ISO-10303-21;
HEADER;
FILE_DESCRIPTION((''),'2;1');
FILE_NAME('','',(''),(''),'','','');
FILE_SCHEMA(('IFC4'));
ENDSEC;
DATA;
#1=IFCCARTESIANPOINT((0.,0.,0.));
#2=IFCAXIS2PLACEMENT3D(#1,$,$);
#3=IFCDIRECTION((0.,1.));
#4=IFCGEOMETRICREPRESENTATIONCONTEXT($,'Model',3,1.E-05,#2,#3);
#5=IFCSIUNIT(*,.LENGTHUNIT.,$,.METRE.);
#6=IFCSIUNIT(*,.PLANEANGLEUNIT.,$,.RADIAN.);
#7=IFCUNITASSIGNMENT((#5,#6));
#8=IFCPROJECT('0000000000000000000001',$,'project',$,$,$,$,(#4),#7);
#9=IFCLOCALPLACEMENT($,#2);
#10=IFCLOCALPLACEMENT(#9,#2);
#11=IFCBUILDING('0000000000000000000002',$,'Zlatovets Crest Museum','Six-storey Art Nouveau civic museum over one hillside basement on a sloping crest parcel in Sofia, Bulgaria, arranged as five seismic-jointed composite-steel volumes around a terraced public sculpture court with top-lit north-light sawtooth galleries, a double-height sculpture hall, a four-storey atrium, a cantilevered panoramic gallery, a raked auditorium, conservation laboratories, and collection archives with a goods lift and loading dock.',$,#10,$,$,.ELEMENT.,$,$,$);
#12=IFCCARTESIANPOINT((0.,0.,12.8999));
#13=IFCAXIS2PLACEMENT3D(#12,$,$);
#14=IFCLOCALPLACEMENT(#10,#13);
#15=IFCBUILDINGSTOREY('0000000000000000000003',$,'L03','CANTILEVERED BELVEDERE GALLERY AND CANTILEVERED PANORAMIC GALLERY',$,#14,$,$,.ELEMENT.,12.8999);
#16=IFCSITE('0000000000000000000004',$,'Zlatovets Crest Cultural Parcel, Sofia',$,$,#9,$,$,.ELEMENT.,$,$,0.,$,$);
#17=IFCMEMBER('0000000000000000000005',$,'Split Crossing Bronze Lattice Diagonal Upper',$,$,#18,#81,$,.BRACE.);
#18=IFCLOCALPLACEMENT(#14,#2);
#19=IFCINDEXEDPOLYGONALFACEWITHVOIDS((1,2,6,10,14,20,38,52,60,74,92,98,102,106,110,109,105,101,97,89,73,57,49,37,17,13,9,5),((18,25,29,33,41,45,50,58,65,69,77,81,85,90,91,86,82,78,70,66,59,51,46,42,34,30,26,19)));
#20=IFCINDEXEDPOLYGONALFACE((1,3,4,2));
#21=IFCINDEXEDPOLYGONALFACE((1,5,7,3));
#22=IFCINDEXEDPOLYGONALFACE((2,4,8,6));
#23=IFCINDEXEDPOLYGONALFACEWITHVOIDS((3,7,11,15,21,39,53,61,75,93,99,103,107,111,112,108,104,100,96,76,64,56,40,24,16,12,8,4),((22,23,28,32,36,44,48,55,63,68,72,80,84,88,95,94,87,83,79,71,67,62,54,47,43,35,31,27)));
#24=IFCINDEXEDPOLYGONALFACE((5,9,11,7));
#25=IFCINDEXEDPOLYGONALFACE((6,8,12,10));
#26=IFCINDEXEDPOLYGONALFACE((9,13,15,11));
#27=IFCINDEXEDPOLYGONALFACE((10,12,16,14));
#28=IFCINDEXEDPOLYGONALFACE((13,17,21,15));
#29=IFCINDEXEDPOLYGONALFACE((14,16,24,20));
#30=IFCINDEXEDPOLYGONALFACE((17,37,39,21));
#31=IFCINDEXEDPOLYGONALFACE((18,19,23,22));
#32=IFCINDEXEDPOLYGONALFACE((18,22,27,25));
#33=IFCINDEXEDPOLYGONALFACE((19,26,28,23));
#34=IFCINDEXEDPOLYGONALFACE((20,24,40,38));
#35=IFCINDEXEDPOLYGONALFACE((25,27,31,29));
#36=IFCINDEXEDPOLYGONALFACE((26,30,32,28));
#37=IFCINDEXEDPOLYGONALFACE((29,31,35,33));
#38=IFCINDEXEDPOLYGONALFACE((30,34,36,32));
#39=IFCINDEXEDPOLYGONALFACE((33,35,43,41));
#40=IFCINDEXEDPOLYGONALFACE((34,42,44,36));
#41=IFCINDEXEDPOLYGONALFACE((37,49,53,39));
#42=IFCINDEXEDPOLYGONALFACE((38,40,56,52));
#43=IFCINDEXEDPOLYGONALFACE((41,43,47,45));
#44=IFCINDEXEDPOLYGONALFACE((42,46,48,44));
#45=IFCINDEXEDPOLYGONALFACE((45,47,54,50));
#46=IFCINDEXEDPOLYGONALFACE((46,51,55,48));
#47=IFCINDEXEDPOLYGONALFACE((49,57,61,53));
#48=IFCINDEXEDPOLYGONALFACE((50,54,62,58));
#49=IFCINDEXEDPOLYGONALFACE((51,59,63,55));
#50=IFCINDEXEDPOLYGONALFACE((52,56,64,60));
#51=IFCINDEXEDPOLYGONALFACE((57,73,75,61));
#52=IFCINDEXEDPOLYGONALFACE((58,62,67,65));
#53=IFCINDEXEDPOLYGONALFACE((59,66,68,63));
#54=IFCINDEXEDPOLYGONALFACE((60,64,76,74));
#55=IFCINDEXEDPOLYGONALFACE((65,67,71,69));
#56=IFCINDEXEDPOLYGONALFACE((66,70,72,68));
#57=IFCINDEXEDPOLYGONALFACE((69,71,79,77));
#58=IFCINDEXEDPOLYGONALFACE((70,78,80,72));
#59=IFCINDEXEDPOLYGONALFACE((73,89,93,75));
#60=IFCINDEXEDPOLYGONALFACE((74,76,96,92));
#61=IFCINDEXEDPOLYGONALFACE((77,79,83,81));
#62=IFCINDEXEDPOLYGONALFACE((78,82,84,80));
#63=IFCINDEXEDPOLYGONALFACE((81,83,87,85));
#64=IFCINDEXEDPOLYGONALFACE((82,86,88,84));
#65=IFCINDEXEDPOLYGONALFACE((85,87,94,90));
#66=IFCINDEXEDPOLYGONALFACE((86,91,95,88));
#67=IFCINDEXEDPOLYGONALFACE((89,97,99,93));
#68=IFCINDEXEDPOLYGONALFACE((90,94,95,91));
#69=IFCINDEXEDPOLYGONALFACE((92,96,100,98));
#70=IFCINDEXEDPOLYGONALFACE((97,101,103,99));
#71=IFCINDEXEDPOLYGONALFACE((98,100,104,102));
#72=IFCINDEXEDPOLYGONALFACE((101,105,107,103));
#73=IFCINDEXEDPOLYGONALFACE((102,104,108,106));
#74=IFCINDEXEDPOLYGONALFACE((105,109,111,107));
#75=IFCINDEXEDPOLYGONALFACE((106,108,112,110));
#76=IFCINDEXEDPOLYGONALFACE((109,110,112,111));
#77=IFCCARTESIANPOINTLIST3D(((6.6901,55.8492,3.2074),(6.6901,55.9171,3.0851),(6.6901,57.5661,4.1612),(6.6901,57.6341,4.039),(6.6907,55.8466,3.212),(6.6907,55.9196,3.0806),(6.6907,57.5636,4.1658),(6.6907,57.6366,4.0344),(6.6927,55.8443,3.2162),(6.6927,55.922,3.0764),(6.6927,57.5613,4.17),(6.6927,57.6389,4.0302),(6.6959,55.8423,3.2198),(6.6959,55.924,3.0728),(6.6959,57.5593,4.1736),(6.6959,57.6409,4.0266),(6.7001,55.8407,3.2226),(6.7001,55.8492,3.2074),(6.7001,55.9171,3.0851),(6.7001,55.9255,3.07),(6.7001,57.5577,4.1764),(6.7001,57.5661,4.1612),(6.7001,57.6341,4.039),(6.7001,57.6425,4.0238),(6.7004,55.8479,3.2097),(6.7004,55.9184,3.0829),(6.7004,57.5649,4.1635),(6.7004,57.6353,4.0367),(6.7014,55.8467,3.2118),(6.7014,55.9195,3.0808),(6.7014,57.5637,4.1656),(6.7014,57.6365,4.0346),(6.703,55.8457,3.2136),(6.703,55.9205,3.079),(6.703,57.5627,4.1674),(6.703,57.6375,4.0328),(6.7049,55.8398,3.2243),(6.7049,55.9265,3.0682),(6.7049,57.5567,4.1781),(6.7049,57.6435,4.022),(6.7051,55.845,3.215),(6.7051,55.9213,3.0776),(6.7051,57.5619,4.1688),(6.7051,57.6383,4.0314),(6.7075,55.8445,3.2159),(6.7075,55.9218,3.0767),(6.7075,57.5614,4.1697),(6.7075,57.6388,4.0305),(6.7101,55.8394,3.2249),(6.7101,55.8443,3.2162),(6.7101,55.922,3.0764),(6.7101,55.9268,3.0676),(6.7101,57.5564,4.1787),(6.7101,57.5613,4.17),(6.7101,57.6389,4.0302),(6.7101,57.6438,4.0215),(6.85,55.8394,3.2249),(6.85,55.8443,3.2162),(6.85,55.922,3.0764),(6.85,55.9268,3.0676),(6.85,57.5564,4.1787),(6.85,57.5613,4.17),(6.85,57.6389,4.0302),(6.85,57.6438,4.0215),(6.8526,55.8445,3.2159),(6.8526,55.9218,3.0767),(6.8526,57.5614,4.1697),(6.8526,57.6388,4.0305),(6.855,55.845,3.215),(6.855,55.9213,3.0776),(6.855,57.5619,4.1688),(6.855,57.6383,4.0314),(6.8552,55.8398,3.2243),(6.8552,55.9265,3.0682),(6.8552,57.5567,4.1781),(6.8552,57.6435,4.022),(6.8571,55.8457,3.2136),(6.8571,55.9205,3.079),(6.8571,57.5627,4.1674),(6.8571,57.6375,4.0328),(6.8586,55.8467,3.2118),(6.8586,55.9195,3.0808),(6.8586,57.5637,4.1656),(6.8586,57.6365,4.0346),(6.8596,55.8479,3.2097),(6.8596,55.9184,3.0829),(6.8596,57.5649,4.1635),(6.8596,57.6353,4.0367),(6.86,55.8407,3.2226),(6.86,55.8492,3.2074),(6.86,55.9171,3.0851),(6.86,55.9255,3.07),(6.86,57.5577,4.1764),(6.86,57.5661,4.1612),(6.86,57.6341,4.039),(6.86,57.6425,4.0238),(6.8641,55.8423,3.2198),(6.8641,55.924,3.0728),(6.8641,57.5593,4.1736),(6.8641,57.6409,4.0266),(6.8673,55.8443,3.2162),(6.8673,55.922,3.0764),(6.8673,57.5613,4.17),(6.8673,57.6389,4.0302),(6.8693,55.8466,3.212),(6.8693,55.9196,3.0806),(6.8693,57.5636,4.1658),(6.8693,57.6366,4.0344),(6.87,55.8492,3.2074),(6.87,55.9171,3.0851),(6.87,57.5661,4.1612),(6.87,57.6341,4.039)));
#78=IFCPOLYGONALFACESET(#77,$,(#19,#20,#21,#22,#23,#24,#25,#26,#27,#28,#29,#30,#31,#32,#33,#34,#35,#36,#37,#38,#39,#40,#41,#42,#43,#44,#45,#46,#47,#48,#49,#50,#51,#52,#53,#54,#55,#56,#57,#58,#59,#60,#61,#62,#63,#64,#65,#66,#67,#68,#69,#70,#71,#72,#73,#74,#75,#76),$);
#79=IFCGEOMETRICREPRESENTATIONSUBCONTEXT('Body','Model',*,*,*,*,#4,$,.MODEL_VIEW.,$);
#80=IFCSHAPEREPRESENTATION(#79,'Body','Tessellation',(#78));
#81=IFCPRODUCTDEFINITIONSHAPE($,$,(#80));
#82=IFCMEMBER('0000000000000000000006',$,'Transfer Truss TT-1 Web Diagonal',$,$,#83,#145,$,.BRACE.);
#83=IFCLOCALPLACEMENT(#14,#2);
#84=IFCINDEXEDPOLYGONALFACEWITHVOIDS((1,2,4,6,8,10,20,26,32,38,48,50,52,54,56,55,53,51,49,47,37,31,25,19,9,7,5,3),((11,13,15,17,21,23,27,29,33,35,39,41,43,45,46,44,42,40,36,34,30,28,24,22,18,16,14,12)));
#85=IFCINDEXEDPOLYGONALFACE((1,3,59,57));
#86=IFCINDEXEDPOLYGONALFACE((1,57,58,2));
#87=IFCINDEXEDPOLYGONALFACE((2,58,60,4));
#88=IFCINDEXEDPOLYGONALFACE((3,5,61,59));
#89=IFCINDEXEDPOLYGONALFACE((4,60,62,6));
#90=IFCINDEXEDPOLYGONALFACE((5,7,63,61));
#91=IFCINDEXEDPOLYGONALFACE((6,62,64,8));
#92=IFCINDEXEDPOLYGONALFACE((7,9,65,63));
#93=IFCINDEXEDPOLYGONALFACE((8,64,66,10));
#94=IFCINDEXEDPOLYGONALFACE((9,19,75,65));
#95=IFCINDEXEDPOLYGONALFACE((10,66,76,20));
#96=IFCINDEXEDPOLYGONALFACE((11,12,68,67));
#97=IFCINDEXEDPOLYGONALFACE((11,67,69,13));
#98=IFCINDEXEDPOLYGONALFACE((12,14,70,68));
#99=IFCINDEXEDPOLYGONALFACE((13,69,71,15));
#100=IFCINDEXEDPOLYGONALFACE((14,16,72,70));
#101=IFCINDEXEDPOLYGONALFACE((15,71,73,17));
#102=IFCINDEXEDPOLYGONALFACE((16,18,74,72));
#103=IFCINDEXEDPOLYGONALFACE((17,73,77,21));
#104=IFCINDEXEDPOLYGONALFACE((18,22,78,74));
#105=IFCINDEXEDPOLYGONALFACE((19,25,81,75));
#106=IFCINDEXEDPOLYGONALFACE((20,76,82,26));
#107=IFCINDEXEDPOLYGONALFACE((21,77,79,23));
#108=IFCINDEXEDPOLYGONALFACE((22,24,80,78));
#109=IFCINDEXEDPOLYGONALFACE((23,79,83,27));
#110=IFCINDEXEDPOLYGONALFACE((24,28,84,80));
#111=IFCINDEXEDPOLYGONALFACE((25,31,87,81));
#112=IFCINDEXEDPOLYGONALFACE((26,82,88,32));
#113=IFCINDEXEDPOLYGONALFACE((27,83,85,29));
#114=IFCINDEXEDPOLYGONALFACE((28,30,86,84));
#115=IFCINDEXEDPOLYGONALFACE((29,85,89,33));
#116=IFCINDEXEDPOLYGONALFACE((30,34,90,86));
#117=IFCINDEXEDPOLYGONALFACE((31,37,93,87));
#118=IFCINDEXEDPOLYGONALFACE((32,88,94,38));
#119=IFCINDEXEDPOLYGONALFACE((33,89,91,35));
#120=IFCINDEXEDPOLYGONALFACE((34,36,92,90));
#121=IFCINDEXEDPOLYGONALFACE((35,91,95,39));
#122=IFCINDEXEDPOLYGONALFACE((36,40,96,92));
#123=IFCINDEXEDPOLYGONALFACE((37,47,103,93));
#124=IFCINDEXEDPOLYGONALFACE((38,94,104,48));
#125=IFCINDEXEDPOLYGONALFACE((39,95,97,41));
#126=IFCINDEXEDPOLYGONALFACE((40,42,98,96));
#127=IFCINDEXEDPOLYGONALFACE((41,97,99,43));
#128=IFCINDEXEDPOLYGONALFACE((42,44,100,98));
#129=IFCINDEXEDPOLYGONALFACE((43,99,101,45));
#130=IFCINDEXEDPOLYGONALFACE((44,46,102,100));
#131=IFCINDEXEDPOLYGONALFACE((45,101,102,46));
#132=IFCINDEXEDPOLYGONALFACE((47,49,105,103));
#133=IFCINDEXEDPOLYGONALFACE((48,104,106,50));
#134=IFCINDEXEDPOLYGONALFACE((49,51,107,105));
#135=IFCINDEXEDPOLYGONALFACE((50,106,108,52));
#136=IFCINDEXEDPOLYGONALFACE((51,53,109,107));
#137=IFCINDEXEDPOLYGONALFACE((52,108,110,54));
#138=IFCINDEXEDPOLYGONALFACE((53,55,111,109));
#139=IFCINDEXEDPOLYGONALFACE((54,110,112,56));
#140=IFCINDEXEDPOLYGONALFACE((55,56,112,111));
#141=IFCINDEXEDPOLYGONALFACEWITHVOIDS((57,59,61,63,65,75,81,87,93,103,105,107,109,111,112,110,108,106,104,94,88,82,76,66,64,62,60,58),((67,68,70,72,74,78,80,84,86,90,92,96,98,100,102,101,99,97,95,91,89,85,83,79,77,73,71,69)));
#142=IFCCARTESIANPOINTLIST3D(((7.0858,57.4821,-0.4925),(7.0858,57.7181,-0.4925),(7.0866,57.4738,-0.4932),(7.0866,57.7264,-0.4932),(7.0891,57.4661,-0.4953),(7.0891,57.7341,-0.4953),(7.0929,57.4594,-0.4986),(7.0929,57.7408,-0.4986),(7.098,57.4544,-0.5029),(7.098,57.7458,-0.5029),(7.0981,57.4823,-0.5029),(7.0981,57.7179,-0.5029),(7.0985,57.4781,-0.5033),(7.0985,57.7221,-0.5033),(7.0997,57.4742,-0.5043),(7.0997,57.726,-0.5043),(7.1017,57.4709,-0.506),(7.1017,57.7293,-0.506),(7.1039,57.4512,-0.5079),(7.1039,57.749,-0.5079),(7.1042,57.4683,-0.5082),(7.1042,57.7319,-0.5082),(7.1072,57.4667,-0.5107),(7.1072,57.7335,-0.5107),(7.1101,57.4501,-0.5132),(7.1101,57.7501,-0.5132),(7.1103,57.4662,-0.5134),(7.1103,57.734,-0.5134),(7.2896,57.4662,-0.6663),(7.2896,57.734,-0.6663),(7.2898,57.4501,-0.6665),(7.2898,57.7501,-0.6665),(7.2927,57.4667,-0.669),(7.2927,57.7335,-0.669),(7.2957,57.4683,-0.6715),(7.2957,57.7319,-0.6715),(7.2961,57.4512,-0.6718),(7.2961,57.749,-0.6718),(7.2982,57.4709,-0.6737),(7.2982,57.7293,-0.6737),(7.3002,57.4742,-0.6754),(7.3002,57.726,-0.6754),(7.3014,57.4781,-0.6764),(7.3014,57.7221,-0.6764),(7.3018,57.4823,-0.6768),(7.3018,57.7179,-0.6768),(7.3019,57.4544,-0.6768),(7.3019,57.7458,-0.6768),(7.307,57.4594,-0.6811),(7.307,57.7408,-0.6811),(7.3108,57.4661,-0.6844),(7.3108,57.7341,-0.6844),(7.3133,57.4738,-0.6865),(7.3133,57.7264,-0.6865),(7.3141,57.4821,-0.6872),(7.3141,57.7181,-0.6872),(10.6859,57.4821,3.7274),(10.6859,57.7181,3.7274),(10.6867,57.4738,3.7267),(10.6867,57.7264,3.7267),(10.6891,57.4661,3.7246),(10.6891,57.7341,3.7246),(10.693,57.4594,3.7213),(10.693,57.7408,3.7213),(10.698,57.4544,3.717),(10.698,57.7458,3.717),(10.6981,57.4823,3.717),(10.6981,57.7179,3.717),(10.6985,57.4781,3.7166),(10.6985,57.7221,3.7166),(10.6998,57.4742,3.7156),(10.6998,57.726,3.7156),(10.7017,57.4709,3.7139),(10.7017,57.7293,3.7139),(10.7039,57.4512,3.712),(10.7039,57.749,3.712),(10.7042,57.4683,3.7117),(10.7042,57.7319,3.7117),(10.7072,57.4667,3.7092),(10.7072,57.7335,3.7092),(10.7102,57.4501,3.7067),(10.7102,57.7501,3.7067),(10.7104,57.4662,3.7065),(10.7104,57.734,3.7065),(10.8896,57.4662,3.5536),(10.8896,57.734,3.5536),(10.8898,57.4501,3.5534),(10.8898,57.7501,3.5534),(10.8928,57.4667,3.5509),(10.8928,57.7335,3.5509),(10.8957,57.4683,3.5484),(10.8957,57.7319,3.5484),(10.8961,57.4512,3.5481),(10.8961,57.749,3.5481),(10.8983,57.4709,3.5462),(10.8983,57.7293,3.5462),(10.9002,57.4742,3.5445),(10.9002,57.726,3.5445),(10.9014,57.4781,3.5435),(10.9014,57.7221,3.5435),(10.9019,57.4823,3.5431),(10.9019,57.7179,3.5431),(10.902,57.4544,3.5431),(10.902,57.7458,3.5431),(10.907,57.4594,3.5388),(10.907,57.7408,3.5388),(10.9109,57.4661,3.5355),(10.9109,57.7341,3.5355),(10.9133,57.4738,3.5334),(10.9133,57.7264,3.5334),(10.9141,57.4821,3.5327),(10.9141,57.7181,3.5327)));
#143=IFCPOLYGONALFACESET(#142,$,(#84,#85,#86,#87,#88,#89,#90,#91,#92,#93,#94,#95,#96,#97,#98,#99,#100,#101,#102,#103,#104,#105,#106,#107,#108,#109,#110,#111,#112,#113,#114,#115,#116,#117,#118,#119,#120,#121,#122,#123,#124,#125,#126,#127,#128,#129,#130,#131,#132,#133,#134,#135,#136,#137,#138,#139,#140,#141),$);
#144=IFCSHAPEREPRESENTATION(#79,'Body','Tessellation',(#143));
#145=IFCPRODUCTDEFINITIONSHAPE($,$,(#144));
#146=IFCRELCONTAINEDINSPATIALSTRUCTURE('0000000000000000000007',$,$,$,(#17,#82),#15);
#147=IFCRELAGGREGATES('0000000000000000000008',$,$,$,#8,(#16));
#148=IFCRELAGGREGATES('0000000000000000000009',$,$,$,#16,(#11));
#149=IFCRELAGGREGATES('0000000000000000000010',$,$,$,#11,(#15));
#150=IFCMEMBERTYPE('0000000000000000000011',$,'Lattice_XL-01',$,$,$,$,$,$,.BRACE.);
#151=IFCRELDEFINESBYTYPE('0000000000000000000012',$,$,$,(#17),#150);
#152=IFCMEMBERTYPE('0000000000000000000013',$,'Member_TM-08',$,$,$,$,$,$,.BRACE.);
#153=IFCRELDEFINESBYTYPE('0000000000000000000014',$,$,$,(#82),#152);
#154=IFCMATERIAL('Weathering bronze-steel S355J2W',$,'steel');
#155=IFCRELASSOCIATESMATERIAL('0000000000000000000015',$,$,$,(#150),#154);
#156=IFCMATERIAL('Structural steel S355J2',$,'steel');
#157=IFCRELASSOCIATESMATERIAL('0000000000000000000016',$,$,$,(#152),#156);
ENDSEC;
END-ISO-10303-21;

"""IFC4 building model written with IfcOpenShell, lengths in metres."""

from ifc_helpers import new_model, si_unit, direction, frame, origin, origin_2d, place, context, subcontext, project, spatial, hollow_rectangle, extrude, material, material_profile, profile_set, type_object, element, save


model = new_model("IFC4")

# Units and contexts
model_context = context("Model", 3, precision=1e-05, world=origin(), true_north=direction((0.0, 1.0)))
body_context = subcontext(model_context, "Body", "Model", "MODEL_VIEW")
ifc_project = project(units=[si_unit("LENGTHUNIT", "METRE"), si_unit("PLANEANGLEUNIT", "RADIAN")], contexts=[model_context])

# Site, building, storey
site_placement = place(None, origin())
site = spatial("IfcSite", under=ifc_project, at=site_placement, Name="Zlatovets Crest Cultural Parcel, Sofia", CompositionType="ELEMENT", RefElevation=0.0)
building_placement = place(site_placement, origin())
building = spatial("IfcBuilding", under=site, at=building_placement, Name="Zlatovets Crest Museum", Description="Six-storey Art Nouveau civic museum over one hillside basement on a sloping crest parcel in Sofia, Bulgaria, arranged as five seismic-jointed composite-steel volumes around a terraced public sculpture court with top-lit north-light sawtooth galleries, a double-height sculpture hall, a four-storey atrium, a cantilevered panoramic gallery, a raked auditorium, conservation laboratories, and collection archives with a goods lift and loading dock.", CompositionType="ELEMENT")
storey_placement = place(building_placement, frame((0.0, 0.0, 12.8999)))
storey = spatial("IfcBuildingStorey", under=building, at=storey_placement, Name="L03", Description="CANTILEVERED BELVEDERE GALLERY AND CANTILEVERED PANORAMIC GALLERY", CompositionType="ELEMENT", Elevation=12.8999)

# Shared definitions
ifc_material_1 = material(Name="Structural steel S355J2", Category="steel")

# Members
ifc_material_2 = material(Name="Weathering bronze-steel S355J2W", Category="steel")
ifc_material_profile_1 = material_profile(ifc_material_2, hollow_rectangle(XDim=0.1799, YDim=0.1799, WallThickness=0.01, InnerFilletRadius=0.01, OuterFilletRadius=0.02, at=origin_2d()), Name="SHS 180x180x10.0")
ifc_profile_set_1 = profile_set([ifc_material_profile_1], Name="Weathering bronze-steel S355J2W")
member_type_1 = type_object("IfcMemberType", Name="Lattice_XL-01", PredefinedType="BRACE", material=ifc_profile_set_1)
member_1_placement = place(storey_placement, frame((6.78, 57.6001, 4.1001), z_axis=(0.0, -0.874169, -0.485622), x_axis=(1.0, 0.0, 0.0)))
element("IfcMember", 1, at=member_1_placement, inside=storey, type_object=member_type_1, Name="Split Crossing Bronze Lattice Diagonal Upper", PredefinedType="BRACE", context=body_context, shape_type="SweptSolid", body=[
    extrude(hollow_rectangle(XDim=0.1799, YDim=0.1799, WallThickness=0.01, InnerFilletRadius=0.01, OuterFilletRadius=0.02, at=origin_2d()), origin(), (0.0, 0.0, 1.0), 1.9641),
])
ifc_material_profile_2 = material_profile(ifc_material_1, hollow_rectangle(XDim=0.3, YDim=0.3, WallThickness=0.0161, InnerFilletRadius=0.0161, OuterFilletRadius=0.032, at=origin_2d()), Name="SHS 300x300x16.0")
ifc_profile_set_2 = profile_set([ifc_material_profile_2], Name="Structural steel S355J2")
member_type_2 = type_object("IfcMemberType", Name="Member_TM-08", PredefinedType="BRACE", material=ifc_profile_set_2)
for number, where, z_axis, x_axis, name in (
    (2, (7.2, 57.6001, -0.5898), (0.649021, 0.0, 0.760771), (0.0, 1.0, 0.0), "Transfer Truss TT-1 Web Diagonal"),
):
    element("IfcMember", number, at=place(storey_placement, frame(where, z_axis=z_axis, x_axis=x_axis)), inside=storey, type_object=member_type_2, Name=name, PredefinedType="BRACE", context=body_context, shape_type="SweptSolid", body=[
        extrude(hollow_rectangle(XDim=0.3, YDim=0.3, WallThickness=0.0161, InnerFilletRadius=0.0161, OuterFilletRadius=0.032, at=origin_2d()), origin(), (0.0, 0.0, 1.0), 5.5469),
    ])

save(model, "model.ifc")
